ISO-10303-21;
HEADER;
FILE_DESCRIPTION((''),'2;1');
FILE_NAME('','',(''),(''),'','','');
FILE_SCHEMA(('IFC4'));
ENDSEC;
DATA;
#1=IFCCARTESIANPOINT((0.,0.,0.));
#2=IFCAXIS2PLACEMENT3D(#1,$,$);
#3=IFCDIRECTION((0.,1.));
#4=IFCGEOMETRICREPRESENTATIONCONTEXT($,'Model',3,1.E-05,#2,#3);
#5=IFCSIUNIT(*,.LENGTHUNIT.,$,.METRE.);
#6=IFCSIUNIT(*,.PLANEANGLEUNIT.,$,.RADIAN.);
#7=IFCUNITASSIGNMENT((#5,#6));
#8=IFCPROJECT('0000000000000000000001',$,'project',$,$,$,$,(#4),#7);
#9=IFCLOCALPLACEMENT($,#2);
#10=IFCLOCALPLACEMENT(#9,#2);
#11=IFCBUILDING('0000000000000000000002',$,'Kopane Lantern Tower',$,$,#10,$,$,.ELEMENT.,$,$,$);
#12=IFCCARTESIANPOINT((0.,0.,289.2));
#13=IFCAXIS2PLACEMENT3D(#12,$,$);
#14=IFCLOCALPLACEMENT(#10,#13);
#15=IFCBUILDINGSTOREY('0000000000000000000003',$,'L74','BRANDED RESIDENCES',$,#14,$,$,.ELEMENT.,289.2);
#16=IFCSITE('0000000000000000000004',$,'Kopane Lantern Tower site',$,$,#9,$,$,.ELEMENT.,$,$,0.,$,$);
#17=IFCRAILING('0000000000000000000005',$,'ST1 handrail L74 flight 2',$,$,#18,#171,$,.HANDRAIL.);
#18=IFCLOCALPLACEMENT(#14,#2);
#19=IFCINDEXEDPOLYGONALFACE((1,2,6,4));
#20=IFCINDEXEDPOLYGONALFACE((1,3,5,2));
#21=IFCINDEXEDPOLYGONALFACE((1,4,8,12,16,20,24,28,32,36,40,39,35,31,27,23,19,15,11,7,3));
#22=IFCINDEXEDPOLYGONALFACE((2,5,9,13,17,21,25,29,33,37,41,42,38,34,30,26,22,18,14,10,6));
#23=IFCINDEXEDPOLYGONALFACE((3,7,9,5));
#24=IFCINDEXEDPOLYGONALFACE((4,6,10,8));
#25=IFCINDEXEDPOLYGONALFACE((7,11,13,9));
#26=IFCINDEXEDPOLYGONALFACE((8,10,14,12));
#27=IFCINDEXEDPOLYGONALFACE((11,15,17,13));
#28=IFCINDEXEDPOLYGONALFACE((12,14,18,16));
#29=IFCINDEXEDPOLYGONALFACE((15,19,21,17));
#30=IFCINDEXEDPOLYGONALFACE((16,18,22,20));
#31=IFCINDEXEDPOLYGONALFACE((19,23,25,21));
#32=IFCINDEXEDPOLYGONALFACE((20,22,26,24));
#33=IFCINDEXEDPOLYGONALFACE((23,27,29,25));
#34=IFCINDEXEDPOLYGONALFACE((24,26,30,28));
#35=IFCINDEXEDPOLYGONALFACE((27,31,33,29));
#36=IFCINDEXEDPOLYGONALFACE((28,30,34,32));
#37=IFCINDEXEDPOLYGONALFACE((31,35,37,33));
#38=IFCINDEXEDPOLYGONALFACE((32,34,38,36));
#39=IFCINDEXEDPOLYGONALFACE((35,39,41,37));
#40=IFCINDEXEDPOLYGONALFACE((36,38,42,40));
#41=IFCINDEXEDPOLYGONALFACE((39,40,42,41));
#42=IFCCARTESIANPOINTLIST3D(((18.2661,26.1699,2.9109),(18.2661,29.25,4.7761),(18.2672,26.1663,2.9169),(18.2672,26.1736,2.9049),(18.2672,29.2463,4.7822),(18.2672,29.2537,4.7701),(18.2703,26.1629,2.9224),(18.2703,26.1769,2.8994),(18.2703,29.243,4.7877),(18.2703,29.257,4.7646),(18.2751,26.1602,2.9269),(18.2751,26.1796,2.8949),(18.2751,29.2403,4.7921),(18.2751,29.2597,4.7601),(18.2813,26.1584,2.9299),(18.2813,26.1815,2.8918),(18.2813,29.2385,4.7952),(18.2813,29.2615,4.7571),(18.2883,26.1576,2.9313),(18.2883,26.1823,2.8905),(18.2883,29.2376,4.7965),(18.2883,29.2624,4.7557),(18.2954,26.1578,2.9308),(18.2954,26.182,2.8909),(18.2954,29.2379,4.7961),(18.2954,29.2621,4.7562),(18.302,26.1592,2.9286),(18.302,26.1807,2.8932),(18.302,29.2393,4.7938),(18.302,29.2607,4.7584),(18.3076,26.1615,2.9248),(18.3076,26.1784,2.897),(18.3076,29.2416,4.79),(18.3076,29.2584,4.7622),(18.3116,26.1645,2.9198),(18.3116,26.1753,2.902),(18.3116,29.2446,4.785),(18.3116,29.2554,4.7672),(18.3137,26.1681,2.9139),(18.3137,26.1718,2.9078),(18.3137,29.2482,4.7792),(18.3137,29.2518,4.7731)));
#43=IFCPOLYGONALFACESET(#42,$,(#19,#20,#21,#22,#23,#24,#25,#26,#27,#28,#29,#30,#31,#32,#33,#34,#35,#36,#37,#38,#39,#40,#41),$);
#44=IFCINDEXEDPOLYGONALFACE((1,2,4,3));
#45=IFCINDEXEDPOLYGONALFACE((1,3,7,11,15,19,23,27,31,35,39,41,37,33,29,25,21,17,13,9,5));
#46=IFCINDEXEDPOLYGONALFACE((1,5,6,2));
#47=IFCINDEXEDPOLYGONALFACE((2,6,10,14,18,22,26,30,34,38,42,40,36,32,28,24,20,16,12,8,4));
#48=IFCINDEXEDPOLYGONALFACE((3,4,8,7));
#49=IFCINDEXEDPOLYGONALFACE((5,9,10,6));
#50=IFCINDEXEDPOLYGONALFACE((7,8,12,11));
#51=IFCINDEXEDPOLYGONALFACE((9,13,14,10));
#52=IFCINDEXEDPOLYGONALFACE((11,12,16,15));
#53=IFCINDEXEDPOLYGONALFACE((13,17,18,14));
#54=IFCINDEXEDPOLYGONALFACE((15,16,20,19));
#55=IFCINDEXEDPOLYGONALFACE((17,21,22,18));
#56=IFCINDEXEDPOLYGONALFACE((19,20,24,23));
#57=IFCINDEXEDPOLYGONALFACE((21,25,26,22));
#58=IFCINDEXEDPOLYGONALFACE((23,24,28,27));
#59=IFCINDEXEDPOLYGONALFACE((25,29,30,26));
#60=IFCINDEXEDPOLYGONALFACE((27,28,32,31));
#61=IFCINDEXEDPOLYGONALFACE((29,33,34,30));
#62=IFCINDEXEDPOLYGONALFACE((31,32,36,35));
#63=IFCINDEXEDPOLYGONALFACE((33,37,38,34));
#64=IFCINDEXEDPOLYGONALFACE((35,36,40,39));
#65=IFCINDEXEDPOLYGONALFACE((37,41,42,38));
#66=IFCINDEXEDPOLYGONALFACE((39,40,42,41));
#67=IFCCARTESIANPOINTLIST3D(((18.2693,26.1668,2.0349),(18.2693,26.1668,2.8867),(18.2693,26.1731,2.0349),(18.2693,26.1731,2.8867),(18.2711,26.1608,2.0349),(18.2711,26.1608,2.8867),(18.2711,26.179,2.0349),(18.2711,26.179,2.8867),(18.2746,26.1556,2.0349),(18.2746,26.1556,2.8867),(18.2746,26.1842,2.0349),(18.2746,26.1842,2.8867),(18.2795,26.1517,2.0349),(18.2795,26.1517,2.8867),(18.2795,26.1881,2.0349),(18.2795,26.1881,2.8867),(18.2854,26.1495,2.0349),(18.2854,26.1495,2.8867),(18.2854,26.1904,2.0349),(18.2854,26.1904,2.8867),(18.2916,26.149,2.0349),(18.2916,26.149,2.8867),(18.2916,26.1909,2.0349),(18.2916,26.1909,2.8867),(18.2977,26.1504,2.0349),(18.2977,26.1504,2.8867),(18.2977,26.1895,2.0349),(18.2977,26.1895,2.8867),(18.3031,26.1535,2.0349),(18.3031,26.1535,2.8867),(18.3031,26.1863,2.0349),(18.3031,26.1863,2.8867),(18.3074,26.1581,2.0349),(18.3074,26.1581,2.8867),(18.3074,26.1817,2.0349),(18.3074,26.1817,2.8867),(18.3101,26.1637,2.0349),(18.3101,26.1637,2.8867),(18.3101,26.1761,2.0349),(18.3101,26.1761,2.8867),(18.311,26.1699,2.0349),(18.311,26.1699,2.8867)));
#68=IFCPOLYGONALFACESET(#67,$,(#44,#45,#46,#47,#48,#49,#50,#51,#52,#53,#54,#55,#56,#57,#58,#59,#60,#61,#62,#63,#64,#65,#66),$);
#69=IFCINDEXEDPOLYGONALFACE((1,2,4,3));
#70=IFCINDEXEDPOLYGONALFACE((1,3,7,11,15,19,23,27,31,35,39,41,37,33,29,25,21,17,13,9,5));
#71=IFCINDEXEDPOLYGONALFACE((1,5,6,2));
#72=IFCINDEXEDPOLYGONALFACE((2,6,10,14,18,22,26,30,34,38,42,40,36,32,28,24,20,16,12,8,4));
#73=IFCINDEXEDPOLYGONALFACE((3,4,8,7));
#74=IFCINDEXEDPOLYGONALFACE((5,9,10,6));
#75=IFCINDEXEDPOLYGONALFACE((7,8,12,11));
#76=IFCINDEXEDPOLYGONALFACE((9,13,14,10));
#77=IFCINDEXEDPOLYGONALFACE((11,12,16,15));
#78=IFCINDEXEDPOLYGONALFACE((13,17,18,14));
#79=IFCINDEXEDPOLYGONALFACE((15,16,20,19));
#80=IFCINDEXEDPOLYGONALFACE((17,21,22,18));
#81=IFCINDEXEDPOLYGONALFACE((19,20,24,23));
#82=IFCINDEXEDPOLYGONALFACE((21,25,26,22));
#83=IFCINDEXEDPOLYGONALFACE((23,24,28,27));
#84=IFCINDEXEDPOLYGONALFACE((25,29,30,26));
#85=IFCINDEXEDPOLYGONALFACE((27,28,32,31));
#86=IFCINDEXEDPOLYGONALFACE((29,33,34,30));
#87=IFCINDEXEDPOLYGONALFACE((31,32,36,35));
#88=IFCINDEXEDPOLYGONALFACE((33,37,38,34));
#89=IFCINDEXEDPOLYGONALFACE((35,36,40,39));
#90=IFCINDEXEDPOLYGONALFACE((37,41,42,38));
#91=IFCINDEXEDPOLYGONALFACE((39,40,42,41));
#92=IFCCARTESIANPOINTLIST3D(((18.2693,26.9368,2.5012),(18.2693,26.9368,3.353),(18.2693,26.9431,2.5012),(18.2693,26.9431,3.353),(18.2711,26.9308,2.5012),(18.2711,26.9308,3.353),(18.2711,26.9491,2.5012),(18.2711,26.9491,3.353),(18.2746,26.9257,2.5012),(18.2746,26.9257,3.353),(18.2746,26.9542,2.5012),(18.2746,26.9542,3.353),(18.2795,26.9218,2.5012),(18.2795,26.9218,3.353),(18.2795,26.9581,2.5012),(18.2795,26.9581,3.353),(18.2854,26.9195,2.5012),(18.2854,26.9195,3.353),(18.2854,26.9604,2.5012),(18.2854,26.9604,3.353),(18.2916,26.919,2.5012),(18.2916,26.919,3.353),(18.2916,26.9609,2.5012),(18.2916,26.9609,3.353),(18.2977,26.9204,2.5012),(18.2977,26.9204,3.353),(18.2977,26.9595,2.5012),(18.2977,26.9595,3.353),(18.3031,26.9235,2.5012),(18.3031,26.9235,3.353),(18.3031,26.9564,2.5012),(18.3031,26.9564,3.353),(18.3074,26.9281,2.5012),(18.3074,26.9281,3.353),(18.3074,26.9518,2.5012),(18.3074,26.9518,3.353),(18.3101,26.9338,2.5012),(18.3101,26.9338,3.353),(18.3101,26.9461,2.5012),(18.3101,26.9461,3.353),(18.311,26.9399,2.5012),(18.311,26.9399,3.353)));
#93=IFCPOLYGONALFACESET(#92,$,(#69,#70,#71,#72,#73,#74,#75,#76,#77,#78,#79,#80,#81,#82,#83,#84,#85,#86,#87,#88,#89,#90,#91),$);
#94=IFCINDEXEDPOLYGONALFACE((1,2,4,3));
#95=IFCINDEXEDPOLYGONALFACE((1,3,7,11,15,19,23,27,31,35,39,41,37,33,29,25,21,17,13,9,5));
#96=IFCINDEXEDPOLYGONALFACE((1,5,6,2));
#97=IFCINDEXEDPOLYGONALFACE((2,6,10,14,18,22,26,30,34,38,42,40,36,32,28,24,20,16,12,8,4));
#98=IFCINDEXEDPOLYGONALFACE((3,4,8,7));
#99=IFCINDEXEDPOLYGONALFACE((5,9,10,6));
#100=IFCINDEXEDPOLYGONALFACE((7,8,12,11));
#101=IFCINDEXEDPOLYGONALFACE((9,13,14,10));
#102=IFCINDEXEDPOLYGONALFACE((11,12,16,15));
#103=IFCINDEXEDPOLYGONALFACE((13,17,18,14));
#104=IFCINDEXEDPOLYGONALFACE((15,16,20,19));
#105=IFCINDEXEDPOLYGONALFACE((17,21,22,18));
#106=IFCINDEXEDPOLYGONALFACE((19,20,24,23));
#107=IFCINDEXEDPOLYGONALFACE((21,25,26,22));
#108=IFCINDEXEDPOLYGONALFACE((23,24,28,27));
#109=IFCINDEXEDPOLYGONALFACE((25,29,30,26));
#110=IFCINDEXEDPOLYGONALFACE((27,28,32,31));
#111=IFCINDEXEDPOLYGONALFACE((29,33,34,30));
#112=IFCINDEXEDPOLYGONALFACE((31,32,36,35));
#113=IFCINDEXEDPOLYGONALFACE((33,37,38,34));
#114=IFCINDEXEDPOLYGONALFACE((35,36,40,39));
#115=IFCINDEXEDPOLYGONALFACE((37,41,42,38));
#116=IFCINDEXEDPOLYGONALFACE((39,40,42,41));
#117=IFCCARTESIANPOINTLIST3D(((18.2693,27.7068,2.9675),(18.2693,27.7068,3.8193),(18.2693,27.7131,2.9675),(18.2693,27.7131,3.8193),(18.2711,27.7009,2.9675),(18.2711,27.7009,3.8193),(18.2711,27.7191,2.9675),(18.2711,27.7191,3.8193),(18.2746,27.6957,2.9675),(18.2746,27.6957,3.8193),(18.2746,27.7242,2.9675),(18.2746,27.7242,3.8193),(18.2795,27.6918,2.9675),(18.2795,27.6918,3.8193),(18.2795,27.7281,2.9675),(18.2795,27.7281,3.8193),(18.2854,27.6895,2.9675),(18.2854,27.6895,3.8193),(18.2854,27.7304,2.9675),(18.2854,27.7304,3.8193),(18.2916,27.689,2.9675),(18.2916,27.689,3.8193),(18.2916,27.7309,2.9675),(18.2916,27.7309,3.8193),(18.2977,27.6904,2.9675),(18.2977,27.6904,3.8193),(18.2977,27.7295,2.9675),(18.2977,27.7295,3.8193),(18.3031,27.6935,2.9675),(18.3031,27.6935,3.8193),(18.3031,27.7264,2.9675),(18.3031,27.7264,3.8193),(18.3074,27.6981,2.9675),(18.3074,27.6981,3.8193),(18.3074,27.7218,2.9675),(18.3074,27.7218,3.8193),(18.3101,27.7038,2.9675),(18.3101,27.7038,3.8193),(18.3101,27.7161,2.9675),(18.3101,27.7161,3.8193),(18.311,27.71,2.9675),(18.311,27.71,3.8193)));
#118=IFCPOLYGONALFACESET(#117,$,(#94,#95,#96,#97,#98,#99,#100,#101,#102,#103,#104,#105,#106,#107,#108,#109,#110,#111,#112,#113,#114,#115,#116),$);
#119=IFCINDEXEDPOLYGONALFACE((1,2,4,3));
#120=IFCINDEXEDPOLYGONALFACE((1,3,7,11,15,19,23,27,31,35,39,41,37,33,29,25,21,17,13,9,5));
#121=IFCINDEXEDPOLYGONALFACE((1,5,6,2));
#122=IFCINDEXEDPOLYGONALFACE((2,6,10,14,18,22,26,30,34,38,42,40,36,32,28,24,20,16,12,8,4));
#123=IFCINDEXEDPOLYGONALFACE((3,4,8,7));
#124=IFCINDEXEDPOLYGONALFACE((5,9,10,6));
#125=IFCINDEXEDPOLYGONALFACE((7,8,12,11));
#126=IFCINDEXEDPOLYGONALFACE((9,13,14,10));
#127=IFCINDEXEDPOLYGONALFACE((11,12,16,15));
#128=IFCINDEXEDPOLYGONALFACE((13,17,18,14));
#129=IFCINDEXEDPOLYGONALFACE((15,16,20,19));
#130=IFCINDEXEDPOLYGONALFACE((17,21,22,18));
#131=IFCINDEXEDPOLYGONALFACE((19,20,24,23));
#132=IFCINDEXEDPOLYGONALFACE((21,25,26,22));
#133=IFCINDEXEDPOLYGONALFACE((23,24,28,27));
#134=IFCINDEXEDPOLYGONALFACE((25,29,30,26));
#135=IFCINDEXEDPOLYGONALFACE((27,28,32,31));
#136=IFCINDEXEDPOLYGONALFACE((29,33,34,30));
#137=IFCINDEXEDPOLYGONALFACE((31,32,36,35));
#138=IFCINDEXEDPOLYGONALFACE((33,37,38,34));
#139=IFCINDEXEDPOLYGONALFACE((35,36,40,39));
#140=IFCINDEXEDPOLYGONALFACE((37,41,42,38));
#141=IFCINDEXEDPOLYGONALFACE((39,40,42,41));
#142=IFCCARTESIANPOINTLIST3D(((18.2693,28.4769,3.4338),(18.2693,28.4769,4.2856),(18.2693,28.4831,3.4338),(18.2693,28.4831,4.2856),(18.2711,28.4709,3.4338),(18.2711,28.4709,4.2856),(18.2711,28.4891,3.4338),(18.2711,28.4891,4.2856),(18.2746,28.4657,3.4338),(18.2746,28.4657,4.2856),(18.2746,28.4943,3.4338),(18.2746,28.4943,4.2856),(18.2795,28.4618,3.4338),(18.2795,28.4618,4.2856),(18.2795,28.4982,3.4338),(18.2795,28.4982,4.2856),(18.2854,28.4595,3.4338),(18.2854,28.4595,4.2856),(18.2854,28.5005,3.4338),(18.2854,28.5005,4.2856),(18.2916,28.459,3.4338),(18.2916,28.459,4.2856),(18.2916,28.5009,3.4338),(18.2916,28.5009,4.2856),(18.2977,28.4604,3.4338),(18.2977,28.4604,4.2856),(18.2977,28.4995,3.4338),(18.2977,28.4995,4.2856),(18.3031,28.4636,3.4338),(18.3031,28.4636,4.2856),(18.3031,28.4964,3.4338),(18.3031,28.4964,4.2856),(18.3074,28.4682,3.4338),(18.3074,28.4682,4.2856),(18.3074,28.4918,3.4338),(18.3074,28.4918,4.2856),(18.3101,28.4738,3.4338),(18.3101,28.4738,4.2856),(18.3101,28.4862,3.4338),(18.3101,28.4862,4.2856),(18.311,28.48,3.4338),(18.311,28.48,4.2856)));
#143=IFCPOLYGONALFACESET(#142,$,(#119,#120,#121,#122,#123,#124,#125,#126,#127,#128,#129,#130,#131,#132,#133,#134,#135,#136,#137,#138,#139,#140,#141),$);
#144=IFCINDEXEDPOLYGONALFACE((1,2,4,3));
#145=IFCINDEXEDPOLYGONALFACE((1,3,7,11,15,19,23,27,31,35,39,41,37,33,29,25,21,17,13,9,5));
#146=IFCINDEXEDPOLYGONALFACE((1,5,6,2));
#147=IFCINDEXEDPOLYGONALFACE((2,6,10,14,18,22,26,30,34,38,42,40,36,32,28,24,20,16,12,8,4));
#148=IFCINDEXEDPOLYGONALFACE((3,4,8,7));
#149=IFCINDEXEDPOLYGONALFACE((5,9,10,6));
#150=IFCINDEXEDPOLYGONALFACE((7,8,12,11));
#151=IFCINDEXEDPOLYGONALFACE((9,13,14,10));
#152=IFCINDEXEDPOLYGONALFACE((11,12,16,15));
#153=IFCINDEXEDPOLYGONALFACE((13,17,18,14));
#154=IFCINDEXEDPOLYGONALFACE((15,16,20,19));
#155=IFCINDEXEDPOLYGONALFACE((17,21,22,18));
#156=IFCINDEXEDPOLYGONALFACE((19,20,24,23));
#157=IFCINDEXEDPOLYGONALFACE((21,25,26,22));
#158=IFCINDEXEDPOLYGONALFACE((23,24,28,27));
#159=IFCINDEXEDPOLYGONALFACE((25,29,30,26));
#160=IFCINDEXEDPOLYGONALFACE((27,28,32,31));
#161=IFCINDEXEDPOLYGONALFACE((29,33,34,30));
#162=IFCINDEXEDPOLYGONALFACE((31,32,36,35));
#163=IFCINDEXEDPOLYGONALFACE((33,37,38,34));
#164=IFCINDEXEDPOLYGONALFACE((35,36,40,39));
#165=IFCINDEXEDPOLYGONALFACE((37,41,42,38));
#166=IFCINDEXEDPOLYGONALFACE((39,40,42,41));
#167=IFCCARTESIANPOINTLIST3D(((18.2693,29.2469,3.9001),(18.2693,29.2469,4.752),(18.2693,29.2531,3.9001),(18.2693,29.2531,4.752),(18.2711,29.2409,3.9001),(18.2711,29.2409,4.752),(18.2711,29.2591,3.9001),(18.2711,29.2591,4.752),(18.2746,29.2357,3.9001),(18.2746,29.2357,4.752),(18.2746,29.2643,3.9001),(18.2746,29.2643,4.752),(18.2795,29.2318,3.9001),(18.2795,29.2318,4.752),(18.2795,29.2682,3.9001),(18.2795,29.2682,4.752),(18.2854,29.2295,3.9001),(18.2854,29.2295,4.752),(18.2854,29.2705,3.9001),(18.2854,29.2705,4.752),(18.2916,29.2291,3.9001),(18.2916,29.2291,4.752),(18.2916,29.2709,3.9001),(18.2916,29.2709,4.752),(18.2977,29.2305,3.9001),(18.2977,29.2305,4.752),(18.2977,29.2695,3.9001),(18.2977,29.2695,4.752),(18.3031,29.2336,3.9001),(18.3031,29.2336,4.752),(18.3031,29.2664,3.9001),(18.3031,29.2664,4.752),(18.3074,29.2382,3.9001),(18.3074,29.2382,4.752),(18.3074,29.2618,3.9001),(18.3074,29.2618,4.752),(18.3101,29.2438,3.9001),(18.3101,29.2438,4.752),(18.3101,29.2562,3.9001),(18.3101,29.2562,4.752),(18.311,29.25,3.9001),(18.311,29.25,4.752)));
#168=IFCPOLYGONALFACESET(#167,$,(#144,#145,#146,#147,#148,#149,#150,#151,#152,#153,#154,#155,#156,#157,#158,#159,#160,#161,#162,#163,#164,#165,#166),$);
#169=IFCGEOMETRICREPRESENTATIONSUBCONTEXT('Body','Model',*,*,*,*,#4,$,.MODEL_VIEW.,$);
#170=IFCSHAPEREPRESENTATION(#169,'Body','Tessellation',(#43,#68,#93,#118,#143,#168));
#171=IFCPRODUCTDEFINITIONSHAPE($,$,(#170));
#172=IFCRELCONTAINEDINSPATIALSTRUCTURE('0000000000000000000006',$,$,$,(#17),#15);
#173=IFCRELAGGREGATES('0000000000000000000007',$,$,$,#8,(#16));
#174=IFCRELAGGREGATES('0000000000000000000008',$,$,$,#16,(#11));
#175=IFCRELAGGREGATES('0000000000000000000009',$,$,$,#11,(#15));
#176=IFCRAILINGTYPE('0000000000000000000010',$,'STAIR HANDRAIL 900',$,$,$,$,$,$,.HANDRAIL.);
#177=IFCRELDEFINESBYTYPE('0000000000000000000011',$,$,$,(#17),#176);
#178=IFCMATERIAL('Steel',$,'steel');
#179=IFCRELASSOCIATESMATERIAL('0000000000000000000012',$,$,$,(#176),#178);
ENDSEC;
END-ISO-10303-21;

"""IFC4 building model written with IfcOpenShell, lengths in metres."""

from ifc_helpers import new_model, si_unit, direction, frame, origin, origin_2d, place, context, subcontext, project, spatial, circle, extrude, material, type_object, element, save


model = new_model("IFC4")

# Units and contexts
model_context = context("Model", 3, precision=1e-05, world=origin(), true_north=direction((0.0, 1.0)))
body_context = subcontext(model_context, "Body", "Model", "MODEL_VIEW")
ifc_project = project(units=[si_unit("LENGTHUNIT", "METRE"), si_unit("PLANEANGLEUNIT", "RADIAN")], contexts=[model_context])

# Site, building, storey
site_placement = place(None, origin())
site = spatial("IfcSite", under=ifc_project, at=site_placement, Name="Kopane Lantern Tower site", CompositionType="ELEMENT", RefElevation=0.0)
building_placement = place(site_placement, origin())
building = spatial("IfcBuilding", under=site, at=building_placement, Name="Kopane Lantern Tower", CompositionType="ELEMENT")
storey_placement = place(building_placement, frame((0.0, 0.0, 289.2)))
storey = spatial("IfcBuildingStorey", under=building, at=storey_placement, Name="L74", Description="BRANDED RESIDENCES", CompositionType="ELEMENT", Elevation=289.2)

# Railing
ifc_material_1 = material(Name="Steel", Category="steel")
railing_type_1 = type_object("IfcRailingType", Name="STAIR HANDRAIL 900", PredefinedType="HANDRAIL", material=ifc_material_1)
for number, where, name in (
    (1, (18.29, 26.1699, 2.0349), "ST1 handrail L74 flight 2"),
):
    element("IfcRailing", number, at=place(storey_placement, frame(where)), inside=storey, type_object=railing_type_1, Name=name, PredefinedType="HANDRAIL", context=body_context, shape_type="SweptSolid", body=[
        extrude(circle(Radius=0.0239, at=origin_2d()), frame((0.0, 0.0, 0.876), z_axis=(0.0, 0.85538, 0.518001), x_axis=(-1.0, 0.0, 0.0)), (0.0, 0.0, 1.0), 3.6008),
        extrude(circle(Radius=0.021, at=origin_2d()), origin(), (0.0, 0.0, 1.0), 0.8518),
        extrude(circle(Radius=0.021, at=origin_2d()), frame((0.0, 0.77, 0.4663)), (0.0, 0.0, 1.0), 0.8518),
        extrude(circle(Radius=0.021, at=origin_2d()), frame((0.0, 1.54, 0.9326)), (0.0, 0.0, 1.0), 0.8518),
        extrude(circle(Radius=0.021, at=origin_2d()), frame((0.0, 2.3101, 1.3989)), (0.0, 0.0, 1.0), 0.8518),
        extrude(circle(Radius=0.021, at=origin_2d()), frame((0.0, 3.0801, 1.8652)), (0.0, 0.0, 1.0), 0.8518),
    ])

save(model, "model.ifc")
